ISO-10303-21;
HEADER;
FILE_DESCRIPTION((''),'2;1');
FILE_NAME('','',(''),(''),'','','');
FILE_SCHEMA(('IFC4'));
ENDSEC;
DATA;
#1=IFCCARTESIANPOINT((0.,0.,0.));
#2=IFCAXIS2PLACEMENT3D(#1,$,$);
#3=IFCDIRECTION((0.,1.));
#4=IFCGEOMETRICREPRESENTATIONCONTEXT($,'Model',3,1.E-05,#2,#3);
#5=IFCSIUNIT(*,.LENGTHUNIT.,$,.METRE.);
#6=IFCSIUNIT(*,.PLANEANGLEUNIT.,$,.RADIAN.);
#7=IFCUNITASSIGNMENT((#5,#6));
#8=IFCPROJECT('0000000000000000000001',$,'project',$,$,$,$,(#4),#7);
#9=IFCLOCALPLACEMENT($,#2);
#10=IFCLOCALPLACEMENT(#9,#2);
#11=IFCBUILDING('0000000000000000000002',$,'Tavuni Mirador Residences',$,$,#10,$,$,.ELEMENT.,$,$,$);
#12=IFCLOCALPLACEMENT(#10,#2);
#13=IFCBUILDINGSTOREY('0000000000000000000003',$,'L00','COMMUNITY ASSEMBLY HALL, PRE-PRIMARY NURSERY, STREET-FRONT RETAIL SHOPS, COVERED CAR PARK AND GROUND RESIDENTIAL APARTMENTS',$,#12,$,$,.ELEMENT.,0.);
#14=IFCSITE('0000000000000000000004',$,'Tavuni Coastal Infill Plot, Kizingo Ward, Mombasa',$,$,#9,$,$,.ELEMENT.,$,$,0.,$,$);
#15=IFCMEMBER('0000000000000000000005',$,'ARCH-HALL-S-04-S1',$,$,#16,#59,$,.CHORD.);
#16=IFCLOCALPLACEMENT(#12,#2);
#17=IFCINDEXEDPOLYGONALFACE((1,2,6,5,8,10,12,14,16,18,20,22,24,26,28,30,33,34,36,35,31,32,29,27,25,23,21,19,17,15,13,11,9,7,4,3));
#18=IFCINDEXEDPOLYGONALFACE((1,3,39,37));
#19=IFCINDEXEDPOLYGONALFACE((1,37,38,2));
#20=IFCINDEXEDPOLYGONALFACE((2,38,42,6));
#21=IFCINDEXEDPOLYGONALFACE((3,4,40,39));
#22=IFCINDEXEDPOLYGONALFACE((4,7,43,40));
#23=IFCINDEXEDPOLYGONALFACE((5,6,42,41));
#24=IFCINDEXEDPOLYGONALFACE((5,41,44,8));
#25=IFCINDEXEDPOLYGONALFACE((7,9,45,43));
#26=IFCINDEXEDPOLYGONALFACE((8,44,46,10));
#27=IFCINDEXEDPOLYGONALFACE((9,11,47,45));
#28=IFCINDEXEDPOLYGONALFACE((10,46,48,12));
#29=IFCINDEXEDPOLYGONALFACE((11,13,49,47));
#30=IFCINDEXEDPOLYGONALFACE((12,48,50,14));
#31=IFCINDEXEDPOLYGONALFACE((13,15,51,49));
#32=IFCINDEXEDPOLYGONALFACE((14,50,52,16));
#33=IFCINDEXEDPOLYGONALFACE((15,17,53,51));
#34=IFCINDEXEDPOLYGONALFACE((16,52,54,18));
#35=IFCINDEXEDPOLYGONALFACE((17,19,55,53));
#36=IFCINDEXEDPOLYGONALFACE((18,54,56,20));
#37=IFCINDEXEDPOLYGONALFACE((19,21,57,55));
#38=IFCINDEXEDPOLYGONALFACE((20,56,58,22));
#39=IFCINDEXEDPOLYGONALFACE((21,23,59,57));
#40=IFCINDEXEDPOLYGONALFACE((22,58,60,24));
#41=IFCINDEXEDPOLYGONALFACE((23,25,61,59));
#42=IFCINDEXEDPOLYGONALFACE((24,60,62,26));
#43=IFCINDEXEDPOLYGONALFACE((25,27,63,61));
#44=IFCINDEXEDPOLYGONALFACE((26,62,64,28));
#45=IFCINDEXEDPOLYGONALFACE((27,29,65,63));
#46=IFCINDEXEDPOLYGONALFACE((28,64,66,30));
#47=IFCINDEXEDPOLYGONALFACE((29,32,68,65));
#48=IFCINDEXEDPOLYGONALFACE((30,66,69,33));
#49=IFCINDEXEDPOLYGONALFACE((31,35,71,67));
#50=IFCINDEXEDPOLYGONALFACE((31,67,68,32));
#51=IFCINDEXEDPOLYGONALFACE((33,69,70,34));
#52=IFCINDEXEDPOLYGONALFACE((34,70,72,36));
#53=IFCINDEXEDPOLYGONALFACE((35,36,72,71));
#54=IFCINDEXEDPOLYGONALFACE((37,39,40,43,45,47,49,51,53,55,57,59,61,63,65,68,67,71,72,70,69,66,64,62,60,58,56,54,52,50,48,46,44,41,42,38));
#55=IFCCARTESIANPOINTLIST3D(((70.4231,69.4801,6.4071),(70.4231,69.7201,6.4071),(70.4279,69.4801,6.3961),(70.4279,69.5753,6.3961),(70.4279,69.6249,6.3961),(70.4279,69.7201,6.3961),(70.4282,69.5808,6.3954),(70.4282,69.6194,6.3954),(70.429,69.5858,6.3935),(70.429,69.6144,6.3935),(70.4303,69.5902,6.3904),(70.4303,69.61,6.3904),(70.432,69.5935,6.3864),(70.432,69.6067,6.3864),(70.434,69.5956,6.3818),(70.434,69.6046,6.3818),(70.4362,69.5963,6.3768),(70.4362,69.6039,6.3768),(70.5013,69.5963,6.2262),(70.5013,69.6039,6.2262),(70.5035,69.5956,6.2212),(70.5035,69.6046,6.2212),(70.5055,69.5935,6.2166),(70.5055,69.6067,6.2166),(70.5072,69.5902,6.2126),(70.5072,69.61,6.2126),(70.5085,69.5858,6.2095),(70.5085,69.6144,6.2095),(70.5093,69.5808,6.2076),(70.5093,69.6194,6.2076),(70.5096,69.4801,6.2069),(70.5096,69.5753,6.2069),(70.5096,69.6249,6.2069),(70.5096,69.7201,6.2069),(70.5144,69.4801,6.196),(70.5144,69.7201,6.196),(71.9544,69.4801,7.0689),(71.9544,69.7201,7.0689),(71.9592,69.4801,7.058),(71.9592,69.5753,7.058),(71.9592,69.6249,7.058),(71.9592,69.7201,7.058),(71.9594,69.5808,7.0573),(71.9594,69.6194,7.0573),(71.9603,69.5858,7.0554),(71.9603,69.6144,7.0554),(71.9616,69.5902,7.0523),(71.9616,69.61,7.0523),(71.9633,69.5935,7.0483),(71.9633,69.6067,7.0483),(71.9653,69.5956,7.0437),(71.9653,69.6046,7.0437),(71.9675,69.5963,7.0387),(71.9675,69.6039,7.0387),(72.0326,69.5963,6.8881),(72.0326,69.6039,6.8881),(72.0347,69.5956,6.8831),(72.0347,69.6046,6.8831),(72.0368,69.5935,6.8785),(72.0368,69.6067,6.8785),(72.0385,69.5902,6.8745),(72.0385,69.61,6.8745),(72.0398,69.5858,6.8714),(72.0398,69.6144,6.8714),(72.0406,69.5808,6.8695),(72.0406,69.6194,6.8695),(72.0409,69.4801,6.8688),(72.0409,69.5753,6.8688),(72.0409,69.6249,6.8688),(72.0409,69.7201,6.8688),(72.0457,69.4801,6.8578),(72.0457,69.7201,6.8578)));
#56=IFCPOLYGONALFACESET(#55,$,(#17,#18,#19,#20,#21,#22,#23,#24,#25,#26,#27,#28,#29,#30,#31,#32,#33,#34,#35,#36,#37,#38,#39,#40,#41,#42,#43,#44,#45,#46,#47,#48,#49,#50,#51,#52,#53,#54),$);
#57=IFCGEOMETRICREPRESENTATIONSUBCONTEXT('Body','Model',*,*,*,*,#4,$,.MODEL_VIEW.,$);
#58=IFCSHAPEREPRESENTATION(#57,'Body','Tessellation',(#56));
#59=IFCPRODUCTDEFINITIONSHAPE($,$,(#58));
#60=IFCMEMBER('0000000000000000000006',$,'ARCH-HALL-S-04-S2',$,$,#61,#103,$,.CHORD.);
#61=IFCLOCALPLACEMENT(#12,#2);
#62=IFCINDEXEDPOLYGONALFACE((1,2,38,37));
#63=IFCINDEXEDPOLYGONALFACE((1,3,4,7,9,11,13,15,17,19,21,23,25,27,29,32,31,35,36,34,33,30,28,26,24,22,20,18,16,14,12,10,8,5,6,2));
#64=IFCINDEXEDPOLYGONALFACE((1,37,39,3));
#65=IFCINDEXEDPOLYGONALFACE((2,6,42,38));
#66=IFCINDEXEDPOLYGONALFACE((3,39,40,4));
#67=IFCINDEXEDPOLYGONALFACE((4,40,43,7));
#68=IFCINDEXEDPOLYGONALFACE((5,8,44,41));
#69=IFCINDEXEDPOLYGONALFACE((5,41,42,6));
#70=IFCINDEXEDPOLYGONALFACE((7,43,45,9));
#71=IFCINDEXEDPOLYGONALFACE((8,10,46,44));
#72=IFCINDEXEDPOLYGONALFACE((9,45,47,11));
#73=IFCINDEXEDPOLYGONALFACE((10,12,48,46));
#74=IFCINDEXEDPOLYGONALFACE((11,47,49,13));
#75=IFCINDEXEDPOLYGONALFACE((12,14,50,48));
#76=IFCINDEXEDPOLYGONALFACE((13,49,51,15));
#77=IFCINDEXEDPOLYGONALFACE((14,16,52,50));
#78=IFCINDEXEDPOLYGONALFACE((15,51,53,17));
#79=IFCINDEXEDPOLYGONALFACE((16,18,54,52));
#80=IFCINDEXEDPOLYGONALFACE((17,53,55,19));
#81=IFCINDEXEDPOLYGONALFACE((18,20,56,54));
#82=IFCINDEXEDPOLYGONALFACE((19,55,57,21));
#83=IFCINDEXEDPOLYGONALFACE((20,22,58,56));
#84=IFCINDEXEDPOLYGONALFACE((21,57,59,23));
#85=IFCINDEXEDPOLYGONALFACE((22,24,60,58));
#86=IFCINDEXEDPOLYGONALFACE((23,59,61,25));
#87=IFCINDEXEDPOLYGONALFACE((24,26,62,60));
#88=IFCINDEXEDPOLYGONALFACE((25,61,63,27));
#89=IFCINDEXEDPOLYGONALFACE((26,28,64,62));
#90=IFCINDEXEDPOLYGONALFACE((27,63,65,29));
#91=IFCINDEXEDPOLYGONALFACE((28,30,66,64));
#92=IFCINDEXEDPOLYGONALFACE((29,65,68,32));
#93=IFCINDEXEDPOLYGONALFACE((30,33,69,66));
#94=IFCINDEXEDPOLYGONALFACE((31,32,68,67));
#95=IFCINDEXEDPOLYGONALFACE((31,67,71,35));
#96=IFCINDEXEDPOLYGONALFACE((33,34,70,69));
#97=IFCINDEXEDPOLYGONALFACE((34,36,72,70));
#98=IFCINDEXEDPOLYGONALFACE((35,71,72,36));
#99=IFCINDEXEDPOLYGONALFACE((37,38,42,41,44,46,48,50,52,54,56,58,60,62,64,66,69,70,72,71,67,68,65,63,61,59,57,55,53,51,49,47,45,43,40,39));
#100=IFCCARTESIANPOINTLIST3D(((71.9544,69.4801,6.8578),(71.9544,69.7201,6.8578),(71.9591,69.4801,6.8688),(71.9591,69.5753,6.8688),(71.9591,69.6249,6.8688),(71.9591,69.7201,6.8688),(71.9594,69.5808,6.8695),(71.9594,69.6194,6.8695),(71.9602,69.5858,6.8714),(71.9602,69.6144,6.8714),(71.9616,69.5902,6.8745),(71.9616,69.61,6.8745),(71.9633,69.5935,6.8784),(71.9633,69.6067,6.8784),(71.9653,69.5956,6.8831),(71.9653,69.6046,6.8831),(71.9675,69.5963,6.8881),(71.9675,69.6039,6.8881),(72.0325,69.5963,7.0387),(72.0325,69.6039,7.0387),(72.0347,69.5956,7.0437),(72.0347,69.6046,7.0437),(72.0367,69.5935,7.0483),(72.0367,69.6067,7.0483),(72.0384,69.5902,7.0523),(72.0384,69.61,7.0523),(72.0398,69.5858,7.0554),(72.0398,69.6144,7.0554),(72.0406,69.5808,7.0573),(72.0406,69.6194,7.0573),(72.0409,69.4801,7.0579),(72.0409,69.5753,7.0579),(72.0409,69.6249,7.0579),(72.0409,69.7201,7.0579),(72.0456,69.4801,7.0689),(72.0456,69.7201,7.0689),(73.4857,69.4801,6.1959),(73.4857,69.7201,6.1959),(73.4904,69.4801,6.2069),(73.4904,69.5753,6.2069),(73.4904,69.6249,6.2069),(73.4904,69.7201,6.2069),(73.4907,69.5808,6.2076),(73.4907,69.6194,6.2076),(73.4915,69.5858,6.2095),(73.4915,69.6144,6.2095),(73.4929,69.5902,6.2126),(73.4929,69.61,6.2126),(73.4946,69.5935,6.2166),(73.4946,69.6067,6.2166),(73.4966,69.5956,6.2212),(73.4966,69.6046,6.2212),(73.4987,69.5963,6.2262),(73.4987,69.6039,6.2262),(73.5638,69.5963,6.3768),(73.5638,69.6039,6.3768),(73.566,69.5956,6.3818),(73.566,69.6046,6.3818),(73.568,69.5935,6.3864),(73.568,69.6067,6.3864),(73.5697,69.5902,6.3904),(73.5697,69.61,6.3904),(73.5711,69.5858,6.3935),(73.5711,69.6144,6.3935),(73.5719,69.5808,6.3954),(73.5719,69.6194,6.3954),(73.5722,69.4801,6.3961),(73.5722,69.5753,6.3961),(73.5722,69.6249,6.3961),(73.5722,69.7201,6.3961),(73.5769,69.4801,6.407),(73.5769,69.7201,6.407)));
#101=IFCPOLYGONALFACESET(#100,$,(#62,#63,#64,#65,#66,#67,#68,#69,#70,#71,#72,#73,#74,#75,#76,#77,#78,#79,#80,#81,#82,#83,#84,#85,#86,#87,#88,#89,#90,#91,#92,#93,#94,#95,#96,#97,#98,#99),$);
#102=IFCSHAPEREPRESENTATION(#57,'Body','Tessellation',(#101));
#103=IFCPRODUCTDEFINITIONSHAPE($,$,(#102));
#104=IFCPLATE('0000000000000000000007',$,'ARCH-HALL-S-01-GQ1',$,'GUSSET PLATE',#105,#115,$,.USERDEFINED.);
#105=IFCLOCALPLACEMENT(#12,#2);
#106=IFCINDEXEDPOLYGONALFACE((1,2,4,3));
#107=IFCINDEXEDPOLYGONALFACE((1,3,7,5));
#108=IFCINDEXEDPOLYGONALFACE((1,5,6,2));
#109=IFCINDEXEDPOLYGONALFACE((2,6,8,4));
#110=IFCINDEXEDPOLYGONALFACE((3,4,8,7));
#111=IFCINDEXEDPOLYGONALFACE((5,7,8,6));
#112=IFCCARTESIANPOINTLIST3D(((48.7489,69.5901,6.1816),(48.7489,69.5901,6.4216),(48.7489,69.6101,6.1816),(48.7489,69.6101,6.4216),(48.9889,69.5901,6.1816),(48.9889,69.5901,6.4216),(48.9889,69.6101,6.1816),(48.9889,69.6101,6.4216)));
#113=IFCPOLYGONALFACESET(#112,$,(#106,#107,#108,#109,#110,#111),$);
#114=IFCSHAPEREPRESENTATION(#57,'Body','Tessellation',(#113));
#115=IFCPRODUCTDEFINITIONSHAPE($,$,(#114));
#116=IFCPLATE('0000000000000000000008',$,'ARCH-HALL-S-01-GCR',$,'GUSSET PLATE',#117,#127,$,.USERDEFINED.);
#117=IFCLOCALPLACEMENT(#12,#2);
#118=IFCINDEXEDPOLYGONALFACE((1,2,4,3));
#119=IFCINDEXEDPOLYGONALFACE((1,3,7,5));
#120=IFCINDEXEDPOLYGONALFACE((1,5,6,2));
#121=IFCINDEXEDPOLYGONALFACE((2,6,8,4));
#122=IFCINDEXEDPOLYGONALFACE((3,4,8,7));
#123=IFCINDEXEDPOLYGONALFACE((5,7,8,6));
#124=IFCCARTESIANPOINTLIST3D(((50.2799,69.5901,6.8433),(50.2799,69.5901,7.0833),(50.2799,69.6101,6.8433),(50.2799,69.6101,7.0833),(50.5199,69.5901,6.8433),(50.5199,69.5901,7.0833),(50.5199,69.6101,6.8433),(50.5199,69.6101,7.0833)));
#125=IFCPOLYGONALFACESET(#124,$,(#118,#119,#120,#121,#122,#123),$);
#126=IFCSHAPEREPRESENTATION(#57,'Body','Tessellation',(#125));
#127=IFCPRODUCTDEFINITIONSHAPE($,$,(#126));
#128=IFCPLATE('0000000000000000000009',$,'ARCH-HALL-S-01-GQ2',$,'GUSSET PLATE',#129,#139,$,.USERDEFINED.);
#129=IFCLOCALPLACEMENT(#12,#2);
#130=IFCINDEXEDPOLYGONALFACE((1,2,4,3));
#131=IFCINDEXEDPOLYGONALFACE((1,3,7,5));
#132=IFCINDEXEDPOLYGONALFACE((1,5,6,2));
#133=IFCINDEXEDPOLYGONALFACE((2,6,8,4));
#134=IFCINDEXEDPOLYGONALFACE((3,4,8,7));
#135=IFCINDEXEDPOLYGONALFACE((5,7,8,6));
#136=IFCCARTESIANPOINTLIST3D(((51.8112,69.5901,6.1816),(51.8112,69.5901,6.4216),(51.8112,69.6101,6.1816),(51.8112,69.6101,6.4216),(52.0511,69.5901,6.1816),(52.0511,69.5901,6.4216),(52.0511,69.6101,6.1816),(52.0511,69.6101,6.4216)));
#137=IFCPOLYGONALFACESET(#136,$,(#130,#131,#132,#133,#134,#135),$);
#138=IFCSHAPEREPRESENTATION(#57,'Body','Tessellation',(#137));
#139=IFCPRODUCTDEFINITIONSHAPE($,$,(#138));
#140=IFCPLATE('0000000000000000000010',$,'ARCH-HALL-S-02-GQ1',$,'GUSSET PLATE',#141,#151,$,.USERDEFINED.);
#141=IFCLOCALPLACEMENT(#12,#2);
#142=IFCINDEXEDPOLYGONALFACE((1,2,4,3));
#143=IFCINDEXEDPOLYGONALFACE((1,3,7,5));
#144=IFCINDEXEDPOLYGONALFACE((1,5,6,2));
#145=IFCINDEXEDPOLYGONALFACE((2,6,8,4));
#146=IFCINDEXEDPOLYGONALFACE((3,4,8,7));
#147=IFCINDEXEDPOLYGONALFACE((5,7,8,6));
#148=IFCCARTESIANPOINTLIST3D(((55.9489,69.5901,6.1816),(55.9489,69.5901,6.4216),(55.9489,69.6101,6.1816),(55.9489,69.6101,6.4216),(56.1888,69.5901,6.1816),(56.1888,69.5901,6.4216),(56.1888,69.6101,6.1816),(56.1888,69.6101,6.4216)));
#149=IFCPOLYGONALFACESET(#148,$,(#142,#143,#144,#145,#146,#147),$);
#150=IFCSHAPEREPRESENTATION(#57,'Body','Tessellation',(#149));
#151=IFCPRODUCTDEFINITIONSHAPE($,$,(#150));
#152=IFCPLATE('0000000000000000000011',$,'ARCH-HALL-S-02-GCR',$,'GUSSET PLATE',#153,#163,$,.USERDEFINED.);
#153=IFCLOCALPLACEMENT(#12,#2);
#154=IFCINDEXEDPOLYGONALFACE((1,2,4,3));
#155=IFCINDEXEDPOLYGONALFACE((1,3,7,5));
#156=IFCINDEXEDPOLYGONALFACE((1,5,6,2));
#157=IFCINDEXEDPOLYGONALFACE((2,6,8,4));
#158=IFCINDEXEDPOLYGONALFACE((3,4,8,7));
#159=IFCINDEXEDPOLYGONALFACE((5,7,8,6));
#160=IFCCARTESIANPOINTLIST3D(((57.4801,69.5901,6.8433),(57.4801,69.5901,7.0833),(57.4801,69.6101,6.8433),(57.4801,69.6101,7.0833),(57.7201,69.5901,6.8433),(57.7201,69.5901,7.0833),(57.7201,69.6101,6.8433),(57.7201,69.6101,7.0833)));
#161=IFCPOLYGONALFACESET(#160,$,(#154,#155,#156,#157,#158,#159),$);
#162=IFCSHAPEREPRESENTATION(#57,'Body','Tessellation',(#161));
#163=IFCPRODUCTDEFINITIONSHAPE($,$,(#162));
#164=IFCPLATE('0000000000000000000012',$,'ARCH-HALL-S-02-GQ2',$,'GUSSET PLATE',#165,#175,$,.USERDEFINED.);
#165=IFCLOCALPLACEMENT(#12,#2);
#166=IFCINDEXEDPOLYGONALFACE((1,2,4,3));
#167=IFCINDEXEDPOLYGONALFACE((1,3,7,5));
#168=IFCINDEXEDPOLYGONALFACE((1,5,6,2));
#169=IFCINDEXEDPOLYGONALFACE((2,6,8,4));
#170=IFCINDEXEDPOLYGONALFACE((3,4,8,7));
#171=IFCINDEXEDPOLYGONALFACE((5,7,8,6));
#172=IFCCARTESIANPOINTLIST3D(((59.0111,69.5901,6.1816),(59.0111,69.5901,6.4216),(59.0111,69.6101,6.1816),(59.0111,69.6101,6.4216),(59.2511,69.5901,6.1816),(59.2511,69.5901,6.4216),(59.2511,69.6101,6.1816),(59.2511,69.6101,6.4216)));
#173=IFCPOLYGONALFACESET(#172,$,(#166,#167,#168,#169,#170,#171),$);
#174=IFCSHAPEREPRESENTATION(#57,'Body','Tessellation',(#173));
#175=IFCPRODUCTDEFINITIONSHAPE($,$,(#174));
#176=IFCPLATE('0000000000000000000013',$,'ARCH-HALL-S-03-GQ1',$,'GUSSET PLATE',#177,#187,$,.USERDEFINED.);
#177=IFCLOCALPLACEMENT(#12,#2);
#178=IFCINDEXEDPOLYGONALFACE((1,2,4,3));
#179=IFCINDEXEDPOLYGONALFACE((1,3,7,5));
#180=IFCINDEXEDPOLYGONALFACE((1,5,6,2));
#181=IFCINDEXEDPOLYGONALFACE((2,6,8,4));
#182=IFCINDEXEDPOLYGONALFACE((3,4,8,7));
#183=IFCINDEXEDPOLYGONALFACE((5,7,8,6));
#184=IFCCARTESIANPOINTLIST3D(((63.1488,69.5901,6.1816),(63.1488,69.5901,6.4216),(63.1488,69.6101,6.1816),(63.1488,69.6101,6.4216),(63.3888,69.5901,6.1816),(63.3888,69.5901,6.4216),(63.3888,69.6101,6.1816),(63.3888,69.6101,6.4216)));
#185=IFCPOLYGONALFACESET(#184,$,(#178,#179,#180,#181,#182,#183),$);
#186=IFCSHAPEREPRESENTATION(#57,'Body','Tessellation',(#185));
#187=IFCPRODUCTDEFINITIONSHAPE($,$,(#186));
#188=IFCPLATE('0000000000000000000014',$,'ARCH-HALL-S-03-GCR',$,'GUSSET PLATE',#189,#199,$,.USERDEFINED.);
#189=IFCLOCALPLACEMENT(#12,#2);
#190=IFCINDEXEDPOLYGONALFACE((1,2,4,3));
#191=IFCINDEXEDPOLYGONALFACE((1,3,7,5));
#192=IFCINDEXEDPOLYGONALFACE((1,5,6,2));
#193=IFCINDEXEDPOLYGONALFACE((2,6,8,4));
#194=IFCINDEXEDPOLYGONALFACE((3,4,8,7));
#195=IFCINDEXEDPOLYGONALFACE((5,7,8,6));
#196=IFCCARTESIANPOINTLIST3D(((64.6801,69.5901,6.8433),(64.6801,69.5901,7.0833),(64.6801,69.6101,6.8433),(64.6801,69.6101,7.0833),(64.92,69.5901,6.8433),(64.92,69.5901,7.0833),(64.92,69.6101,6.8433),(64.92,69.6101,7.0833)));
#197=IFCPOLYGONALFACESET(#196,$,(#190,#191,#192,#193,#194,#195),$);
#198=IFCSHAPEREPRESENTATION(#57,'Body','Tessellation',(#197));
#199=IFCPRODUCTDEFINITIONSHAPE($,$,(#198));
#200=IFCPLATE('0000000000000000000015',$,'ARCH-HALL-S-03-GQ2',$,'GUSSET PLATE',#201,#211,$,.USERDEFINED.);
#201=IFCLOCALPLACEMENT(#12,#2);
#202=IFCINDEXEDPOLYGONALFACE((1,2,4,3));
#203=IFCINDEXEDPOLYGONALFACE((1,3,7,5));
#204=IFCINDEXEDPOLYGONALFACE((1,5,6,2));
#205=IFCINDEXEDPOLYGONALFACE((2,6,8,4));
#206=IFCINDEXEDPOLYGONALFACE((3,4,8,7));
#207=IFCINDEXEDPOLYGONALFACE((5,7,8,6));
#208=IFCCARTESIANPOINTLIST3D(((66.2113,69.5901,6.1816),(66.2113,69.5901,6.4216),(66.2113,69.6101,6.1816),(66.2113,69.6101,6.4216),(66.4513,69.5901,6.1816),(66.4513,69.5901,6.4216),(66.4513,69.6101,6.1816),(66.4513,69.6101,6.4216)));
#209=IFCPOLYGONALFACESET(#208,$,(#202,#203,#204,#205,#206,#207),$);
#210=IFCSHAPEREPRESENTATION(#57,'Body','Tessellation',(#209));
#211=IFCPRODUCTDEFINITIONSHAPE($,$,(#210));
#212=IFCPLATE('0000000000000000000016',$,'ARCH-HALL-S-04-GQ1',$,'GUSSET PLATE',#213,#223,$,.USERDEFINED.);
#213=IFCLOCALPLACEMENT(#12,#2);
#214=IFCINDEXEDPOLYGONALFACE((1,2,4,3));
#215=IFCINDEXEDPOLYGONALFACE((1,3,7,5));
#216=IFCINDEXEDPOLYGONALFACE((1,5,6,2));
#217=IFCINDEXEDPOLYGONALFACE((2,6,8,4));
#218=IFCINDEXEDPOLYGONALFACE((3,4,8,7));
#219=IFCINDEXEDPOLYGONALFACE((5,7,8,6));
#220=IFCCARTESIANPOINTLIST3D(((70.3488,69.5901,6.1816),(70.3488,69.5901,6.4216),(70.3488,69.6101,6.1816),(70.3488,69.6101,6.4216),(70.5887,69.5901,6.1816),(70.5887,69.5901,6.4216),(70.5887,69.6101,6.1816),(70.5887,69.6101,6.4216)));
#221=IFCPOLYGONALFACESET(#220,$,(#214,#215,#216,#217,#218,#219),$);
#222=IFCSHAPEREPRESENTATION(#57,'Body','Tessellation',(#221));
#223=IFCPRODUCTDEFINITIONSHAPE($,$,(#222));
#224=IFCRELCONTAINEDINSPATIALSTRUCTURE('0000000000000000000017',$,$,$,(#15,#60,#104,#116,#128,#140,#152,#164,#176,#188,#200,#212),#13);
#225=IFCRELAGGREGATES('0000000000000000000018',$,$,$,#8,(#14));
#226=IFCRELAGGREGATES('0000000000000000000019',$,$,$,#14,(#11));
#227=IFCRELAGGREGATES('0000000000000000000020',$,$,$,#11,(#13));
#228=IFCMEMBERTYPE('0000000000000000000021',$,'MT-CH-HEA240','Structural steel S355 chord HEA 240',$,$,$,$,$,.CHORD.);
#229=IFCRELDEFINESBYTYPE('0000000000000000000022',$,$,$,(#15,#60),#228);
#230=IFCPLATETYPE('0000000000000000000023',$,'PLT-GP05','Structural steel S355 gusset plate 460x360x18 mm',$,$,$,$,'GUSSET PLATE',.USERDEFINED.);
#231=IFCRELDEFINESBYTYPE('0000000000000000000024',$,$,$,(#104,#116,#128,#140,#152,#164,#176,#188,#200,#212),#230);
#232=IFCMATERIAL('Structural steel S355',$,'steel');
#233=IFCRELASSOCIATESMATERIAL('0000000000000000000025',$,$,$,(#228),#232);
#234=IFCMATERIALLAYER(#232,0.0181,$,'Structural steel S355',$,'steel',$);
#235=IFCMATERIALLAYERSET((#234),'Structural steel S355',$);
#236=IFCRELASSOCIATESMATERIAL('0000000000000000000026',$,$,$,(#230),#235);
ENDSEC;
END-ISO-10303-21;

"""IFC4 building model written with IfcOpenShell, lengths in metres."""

from ifc_helpers import new_model, si_unit, direction, frame, origin, origin_2d, place, context, subcontext, project, spatial, rectangle, i_section, extrude, material, layer, layer_set, material_profile, profile_set, type_object, element, save


model = new_model("IFC4")

# Units and contexts
model_context = context("Model", 3, precision=1e-05, world=origin(), true_north=direction((0.0, 1.0)))
body_context = subcontext(model_context, "Body", "Model", "MODEL_VIEW")
ifc_project = project(units=[si_unit("LENGTHUNIT", "METRE"), si_unit("PLANEANGLEUNIT", "RADIAN")], contexts=[model_context])

# Site, building, storey
site_placement = place(None, origin())
site = spatial("IfcSite", under=ifc_project, at=site_placement, Name="Tavuni Coastal Infill Plot, Kizingo Ward, Mombasa", CompositionType="ELEMENT", RefElevation=0.0)
building_placement = place(site_placement, origin())
building = spatial("IfcBuilding", under=site, at=building_placement, Name="Tavuni Mirador Residences", CompositionType="ELEMENT")
storey_placement = place(building_placement, origin())
storey = spatial("IfcBuildingStorey", under=building, at=storey_placement, Name="L00", Description="COMMUNITY ASSEMBLY HALL, PRE-PRIMARY NURSERY, STREET-FRONT RETAIL SHOPS, COVERED CAR PARK AND GROUND RESIDENTIAL APARTMENTS", CompositionType="ELEMENT", Elevation=0.0)

# Shared definitions
ifc_material = material(Name="Structural steel S355", Category="steel")

# Members
ifc_material_profile_1 = material_profile(ifc_material, i_section(OverallWidth=0.24, OverallDepth=0.23, WebThickness=0.0076, FlangeThickness=0.012, FilletRadius=0.021, at=origin_2d()), Name="HEA 240", Category="steel")
ifc_profile_set_1 = profile_set([ifc_material_profile_1], Name="Structural steel S355")
member_type = type_object("IfcMemberType", Name="MT-CH-HEA240", Description="Structural steel S355 chord HEA 240", PredefinedType="CHORD", material=ifc_profile_set_1)
for number, where, z_axis, x_axis, name in (
    (1, (70.4688, 69.6001, 6.3015), (0.917922, 0.0, 0.396761), (0.0, 1.0, 0.0), "ARCH-HALL-S-04-S1"),
    (2, (72.0, 69.6001, 6.9634), (0.917922, 0.0, -0.396761), (0.0, 1.0, 0.0), "ARCH-HALL-S-04-S2"),
):
    element("IfcMember", number, at=place(storey_placement, frame(where, z_axis=z_axis, x_axis=x_axis)), inside=storey, type_object=member_type, Name=name, PredefinedType="CHORD", context=body_context, shape_type="SweptSolid", body=[
        extrude(i_section(OverallWidth=0.24, OverallDepth=0.23, WebThickness=0.0076, FlangeThickness=0.012, FilletRadius=0.021, at=origin_2d()), origin(), (0.0, 0.0, 1.0), 1.6682),
    ])

# Plates
ifc_layer = layer(ifc_material, 0.0181, Name="Structural steel S355", Category="steel")
ifc_layer_set = layer_set([ifc_layer], Name="Structural steel S355")
plate_type = type_object("IfcPlateType", Name="PLT-GP05", Description="Structural steel S355 gusset plate 460x360x18 mm", ElementType="GUSSET PLATE", PredefinedType="USERDEFINED", material=ifc_layer_set)
for number, where, z_axis, x_axis, name in (
    (3, (48.8689, 69.6001, 6.1816), (0.0, 0.0, 1.0), (1.0, 0.0, 0.0), "ARCH-HALL-S-01-GQ1"),
    (4, (50.3999, 69.6001, 6.8433), (0.0, 0.0, 1.0), (1.0, 0.0, 0.0), "ARCH-HALL-S-01-GCR"),
    (5, (51.9312, 69.6001, 6.1816), (0.0, 0.0, 1.0), (1.0, 0.0, 0.0), "ARCH-HALL-S-01-GQ2"),
    (6, (56.0688, 69.6001, 6.1816), (0.0, 0.0, 1.0), (1.0, 0.0, 0.0), "ARCH-HALL-S-02-GQ1"),
    (7, (57.6001, 69.6001, 6.8433), (0.0, 0.0, 1.0), (1.0, 0.0, 0.0), "ARCH-HALL-S-02-GCR"),
    (8, (59.1311, 69.6001, 6.1816), (0.0, 0.0, 1.0), (1.0, 0.0, 0.0), "ARCH-HALL-S-02-GQ2"),
    (9, (63.2688, 69.6001, 6.1816), (0.0, 0.0, 1.0), (1.0, 0.0, 0.0), "ARCH-HALL-S-03-GQ1"),
    (10, (64.8, 69.6001, 6.8433), (0.0, 0.0, 1.0), (1.0, 0.0, 0.0), "ARCH-HALL-S-03-GCR"),
    (11, (66.3313, 69.6001, 6.1816), (0.0, 0.0, 1.0), (1.0, 0.0, 0.0), "ARCH-HALL-S-03-GQ2"),
    (12, (70.4688, 69.6001, 6.1816), (0.0, 0.0, 1.0), (1.0, 0.0, 0.0), "ARCH-HALL-S-04-GQ1"),
):
    element("IfcPlate", number, at=place(storey_placement, frame(where, z_axis=z_axis, x_axis=x_axis)), inside=storey, type_object=plate_type, Name=name, ObjectType="GUSSET PLATE", PredefinedType="USERDEFINED", context=body_context, shape_type="SweptSolid", body=[
        extrude(rectangle(XDim=0.24, YDim=0.02, at=origin_2d()), origin(), (0.0, 0.0, 1.0), 0.24),
    ])

save(model, "model.ifc")
